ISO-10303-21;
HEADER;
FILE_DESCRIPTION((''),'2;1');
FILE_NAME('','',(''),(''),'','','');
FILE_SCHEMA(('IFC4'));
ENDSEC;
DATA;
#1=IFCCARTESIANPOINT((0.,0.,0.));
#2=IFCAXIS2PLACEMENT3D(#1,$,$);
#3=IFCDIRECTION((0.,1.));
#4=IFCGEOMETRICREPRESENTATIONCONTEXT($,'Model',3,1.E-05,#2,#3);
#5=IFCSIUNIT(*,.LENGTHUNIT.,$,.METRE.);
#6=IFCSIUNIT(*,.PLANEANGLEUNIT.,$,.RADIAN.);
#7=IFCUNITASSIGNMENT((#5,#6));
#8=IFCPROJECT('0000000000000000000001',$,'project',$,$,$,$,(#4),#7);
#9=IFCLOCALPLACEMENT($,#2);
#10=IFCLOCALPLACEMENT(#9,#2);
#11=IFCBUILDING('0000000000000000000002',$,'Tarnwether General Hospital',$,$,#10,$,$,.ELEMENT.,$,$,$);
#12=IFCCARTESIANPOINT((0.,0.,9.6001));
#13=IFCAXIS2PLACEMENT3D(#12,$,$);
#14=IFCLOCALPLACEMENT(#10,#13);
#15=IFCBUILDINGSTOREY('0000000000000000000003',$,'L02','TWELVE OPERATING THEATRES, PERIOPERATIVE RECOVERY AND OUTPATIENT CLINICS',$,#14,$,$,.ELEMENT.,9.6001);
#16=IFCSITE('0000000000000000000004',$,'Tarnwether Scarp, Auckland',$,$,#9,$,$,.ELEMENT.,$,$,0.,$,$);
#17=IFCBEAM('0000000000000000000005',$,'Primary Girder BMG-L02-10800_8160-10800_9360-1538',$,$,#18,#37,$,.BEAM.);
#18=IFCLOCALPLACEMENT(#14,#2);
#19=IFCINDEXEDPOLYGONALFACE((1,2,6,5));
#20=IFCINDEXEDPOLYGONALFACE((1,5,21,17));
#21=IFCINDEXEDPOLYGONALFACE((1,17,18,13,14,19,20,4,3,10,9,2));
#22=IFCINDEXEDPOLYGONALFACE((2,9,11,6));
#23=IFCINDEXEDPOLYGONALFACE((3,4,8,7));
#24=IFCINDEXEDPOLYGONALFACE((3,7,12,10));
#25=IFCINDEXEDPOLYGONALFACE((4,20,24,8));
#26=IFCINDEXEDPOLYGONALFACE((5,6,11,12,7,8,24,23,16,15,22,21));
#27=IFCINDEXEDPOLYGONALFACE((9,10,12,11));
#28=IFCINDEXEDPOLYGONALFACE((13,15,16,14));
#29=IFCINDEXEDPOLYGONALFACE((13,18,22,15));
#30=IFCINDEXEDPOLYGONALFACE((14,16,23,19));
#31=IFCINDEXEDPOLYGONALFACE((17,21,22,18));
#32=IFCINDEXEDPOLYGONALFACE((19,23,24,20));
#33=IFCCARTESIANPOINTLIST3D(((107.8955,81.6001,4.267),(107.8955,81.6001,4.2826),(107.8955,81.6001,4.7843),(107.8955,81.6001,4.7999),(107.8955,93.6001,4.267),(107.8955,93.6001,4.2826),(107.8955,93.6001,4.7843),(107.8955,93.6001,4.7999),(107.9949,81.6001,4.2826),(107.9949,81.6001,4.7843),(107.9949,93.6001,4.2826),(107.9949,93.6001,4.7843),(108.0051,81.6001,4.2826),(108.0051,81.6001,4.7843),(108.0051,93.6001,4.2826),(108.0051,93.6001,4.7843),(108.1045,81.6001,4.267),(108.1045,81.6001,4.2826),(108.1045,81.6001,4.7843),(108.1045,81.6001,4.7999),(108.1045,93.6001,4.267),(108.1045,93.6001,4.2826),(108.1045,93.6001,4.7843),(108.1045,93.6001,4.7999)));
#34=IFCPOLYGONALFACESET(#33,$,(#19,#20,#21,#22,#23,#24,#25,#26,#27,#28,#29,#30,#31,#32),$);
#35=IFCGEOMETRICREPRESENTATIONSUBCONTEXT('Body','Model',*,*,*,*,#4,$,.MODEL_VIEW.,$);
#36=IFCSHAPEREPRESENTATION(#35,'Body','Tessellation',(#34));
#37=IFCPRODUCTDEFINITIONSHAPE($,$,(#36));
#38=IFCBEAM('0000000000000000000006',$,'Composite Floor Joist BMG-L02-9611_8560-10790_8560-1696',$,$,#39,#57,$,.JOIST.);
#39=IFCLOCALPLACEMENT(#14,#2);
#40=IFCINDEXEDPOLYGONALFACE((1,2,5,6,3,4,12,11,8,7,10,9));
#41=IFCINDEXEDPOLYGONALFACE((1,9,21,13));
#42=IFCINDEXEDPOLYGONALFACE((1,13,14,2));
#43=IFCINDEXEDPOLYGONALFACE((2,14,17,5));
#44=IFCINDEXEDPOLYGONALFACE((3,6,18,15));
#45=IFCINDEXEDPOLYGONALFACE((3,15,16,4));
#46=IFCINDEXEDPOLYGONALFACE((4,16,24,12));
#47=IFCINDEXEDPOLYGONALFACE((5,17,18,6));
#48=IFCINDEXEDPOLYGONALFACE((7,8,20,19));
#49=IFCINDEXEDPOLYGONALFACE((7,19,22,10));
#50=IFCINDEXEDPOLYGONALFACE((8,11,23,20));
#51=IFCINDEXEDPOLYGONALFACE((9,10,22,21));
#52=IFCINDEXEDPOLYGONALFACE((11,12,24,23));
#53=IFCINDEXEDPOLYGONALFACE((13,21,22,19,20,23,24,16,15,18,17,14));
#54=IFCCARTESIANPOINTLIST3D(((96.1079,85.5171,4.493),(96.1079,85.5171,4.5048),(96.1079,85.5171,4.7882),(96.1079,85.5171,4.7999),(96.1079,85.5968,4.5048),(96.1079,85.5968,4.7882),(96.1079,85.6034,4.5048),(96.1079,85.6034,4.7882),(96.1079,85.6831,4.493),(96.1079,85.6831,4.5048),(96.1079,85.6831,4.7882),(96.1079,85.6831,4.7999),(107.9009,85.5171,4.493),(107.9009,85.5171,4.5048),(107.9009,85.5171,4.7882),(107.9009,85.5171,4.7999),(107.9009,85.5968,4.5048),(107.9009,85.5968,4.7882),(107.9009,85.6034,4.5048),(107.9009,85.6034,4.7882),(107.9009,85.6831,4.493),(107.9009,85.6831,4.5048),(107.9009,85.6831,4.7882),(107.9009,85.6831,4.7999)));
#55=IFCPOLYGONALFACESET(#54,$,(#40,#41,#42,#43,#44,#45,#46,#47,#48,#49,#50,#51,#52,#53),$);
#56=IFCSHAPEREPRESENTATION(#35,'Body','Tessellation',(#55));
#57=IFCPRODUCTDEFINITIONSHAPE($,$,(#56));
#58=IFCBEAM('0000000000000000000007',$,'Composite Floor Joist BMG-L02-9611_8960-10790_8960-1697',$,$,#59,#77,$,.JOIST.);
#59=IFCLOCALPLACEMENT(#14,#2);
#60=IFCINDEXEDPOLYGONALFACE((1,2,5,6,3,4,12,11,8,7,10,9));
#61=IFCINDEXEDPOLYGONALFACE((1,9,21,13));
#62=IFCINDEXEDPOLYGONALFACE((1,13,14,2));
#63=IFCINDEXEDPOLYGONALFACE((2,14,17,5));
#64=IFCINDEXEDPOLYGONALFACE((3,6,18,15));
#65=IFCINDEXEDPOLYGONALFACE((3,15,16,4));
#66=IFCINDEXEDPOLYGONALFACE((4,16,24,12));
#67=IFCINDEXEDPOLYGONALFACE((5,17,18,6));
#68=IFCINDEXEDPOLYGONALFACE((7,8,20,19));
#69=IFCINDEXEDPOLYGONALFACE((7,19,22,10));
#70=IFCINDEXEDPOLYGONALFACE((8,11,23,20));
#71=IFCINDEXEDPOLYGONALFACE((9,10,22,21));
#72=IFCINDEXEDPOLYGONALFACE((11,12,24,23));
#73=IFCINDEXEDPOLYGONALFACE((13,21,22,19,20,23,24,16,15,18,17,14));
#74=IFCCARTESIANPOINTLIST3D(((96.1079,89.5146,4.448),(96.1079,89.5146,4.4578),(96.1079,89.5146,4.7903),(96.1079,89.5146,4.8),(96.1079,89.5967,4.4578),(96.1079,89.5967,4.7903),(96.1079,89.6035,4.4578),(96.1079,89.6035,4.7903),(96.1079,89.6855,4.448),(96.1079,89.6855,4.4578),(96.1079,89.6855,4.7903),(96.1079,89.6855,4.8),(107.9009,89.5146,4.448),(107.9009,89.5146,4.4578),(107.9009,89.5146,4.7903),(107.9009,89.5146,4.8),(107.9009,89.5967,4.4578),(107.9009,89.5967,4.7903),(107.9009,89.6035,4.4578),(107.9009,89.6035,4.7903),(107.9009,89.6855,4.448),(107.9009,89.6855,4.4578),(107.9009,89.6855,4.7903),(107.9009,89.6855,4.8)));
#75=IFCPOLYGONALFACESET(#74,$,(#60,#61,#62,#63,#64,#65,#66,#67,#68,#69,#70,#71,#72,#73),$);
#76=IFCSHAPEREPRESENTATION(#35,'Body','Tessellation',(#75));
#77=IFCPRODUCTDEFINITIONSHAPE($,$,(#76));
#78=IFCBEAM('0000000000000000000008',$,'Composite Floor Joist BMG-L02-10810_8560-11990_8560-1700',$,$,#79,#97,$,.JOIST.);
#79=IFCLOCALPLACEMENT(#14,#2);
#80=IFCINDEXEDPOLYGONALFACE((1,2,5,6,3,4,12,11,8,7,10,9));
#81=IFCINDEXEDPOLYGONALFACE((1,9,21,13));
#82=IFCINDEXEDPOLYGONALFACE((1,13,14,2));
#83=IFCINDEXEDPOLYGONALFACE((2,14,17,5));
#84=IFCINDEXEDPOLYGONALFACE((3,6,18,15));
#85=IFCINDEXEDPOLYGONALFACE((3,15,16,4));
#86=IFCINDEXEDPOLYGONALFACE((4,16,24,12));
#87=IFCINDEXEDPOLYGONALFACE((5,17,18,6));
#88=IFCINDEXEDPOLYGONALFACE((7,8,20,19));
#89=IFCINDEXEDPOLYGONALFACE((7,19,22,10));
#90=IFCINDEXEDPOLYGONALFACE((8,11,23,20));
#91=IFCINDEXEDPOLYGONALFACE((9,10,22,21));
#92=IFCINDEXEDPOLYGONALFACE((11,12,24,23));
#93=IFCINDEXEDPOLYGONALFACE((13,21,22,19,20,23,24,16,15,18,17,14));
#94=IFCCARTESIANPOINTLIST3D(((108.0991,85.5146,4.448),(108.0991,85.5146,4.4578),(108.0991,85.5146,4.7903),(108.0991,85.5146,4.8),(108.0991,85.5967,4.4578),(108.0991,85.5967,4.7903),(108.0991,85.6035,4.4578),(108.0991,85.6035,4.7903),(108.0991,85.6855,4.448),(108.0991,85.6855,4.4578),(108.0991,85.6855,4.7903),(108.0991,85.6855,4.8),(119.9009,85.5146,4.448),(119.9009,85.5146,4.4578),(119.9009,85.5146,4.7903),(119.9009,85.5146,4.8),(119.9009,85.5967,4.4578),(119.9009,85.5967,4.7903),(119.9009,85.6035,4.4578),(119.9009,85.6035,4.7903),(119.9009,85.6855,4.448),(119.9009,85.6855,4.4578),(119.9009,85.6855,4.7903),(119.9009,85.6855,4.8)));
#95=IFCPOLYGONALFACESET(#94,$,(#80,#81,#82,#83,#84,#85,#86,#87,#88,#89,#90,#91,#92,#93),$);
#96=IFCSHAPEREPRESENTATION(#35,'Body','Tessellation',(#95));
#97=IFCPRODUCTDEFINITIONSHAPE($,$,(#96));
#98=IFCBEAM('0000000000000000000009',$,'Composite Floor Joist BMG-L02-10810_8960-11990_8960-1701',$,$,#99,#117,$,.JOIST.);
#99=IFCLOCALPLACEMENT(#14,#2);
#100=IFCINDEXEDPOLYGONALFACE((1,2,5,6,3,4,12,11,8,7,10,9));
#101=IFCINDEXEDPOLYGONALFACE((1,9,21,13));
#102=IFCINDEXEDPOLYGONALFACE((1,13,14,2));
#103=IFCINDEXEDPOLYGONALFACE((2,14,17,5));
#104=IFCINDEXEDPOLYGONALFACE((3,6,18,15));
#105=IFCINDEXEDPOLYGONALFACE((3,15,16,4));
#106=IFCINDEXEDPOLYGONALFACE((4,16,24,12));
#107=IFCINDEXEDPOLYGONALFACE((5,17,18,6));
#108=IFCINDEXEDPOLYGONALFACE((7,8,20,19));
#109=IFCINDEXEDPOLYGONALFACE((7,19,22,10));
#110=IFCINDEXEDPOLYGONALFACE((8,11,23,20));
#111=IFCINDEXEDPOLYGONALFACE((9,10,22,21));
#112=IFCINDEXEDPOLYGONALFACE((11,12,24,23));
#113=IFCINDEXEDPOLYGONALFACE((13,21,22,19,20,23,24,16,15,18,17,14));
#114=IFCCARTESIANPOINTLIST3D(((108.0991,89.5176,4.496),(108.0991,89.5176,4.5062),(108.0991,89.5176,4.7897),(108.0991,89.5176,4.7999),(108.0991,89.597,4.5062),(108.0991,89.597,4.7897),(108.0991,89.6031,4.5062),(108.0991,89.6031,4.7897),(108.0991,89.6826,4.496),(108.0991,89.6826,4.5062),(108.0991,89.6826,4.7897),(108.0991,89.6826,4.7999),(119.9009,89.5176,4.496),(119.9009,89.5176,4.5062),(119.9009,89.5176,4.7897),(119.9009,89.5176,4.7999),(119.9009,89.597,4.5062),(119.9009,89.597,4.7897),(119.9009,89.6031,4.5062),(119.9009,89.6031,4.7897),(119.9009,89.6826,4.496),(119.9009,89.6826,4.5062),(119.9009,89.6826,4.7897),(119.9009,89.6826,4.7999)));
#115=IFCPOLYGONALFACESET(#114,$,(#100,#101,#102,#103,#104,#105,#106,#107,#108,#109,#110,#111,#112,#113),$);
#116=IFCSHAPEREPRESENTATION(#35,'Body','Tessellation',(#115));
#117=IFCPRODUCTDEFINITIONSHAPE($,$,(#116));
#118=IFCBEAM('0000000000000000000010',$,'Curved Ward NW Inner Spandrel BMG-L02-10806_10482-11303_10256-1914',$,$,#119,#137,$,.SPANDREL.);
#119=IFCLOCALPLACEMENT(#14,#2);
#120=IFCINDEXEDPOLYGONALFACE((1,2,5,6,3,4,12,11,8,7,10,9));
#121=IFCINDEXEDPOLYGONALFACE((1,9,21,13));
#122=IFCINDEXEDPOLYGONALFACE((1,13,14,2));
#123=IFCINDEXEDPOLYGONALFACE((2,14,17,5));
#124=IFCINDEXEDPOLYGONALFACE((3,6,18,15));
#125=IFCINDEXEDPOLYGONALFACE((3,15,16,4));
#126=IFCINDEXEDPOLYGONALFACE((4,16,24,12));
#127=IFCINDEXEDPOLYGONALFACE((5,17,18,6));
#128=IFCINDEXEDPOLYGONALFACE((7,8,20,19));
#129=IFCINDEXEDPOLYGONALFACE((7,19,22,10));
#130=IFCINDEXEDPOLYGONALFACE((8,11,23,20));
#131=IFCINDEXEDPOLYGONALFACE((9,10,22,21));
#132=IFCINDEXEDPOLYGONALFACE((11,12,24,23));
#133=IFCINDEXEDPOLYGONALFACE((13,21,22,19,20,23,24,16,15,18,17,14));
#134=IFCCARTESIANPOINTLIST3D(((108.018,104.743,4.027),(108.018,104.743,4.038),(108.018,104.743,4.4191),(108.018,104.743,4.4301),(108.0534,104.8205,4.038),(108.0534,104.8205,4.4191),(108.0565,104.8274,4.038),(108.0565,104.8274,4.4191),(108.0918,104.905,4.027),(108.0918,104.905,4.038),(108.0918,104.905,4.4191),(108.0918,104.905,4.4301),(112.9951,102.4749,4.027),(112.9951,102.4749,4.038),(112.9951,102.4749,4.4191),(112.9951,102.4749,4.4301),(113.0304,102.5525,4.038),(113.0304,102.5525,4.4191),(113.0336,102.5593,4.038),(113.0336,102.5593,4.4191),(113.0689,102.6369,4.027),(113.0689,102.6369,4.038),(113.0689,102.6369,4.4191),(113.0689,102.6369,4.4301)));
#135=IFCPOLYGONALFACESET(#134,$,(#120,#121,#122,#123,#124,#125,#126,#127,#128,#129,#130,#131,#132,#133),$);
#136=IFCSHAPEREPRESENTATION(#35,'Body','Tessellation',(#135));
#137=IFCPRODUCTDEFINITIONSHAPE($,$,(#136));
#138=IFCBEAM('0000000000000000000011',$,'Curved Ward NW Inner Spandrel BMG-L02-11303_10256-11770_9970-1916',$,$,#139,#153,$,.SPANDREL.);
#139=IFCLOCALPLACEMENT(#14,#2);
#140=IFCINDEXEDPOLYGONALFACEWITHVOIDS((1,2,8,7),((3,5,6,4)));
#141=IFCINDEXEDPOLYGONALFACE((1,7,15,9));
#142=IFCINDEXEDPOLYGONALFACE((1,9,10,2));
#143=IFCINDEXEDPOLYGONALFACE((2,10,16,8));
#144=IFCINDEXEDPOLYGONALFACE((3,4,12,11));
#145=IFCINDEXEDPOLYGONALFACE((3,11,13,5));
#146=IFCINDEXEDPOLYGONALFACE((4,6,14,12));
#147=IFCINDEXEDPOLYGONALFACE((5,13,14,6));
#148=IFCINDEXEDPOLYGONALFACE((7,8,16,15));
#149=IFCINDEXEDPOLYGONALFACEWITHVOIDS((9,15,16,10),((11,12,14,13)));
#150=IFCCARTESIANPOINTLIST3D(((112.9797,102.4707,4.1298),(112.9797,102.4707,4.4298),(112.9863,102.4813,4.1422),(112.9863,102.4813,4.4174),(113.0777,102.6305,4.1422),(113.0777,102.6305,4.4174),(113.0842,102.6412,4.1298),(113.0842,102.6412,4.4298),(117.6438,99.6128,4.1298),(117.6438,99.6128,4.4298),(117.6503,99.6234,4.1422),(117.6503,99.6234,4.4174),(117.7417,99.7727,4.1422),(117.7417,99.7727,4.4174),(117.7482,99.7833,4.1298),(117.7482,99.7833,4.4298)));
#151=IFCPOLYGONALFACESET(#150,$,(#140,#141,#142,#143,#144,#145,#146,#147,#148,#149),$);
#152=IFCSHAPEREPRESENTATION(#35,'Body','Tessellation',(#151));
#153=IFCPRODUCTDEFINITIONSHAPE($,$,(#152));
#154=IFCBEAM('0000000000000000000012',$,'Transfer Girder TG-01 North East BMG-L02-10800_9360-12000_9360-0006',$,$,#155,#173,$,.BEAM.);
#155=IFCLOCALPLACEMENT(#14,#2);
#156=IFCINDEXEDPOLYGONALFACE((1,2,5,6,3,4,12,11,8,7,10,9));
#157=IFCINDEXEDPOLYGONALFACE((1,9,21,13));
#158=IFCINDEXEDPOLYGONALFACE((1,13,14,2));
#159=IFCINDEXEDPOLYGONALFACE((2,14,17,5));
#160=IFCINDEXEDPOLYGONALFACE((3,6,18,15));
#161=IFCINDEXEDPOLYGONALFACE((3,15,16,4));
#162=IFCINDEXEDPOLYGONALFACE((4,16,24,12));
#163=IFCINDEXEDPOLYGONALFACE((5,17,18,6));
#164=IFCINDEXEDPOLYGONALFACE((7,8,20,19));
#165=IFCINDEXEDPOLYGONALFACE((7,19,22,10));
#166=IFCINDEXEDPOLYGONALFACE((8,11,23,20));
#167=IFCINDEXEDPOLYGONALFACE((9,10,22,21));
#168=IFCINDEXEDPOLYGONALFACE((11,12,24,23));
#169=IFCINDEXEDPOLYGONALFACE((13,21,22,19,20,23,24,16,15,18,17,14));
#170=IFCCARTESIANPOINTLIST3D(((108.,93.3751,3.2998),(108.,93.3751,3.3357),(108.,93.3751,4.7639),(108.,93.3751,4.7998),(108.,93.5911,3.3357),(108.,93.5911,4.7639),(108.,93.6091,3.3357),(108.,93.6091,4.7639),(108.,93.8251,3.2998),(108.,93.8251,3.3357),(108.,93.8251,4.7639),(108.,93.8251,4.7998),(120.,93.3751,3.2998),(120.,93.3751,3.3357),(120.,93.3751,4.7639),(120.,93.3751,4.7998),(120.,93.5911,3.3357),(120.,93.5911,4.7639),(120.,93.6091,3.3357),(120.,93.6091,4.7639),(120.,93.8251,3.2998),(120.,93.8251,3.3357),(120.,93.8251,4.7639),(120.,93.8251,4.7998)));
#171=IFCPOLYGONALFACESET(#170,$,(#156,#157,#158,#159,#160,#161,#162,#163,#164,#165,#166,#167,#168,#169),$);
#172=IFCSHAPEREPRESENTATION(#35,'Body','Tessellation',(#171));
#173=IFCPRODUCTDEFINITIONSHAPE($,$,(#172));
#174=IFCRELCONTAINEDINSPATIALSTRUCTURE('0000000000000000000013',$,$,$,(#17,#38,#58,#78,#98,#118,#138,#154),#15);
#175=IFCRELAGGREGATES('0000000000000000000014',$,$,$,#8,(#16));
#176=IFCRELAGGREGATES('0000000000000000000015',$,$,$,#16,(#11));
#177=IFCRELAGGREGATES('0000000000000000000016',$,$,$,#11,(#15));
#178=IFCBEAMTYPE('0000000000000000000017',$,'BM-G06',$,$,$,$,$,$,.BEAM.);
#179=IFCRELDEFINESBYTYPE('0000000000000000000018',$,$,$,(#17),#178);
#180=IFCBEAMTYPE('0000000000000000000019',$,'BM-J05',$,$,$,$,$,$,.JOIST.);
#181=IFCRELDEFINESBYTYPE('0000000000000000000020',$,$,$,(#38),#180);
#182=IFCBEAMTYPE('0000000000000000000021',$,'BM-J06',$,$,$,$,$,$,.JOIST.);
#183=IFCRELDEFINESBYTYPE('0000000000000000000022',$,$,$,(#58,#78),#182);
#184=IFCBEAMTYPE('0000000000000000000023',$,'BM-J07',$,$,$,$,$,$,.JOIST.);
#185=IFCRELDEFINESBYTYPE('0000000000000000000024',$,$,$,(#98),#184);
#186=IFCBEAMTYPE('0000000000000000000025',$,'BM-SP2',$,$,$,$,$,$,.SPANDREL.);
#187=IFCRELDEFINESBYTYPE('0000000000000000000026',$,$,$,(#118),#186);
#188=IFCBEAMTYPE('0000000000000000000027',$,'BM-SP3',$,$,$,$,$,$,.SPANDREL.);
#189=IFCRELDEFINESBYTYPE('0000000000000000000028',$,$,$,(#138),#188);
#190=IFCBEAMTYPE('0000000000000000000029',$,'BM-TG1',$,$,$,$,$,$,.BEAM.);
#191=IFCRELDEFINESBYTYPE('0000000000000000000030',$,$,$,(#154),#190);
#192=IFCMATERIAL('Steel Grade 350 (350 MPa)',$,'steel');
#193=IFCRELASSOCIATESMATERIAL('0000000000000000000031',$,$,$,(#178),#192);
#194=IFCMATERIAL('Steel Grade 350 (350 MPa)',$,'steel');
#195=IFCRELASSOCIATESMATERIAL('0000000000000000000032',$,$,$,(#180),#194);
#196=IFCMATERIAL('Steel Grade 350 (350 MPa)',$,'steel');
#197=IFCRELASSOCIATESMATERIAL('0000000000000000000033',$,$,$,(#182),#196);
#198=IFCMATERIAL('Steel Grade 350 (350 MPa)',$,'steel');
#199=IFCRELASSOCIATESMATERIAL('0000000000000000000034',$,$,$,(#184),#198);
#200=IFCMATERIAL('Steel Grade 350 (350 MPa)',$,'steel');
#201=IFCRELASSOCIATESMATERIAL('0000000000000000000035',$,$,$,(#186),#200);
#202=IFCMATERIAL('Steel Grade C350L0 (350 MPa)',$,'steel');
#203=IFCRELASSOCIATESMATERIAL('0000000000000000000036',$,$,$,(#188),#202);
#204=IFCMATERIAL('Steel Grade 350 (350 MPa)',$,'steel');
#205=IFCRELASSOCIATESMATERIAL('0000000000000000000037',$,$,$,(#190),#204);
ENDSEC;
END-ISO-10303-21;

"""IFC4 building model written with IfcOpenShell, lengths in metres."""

from ifc_helpers import new_model, si_unit, direction, frame, origin, origin_2d, place, context, subcontext, project, spatial, hollow_rectangle, i_section, extrude, material, material_profile, profile_set, type_object, element, save


model = new_model("IFC4")

# Units and contexts
model_context = context("Model", 3, precision=1e-05, world=origin(), true_north=direction((0.0, 1.0)))
body_context = subcontext(model_context, "Body", "Model", "MODEL_VIEW")
ifc_project = project(units=[si_unit("LENGTHUNIT", "METRE"), si_unit("PLANEANGLEUNIT", "RADIAN")], contexts=[model_context])

# Site, building, storey
site_placement = place(None, origin())
site = spatial("IfcSite", under=ifc_project, at=site_placement, Name="Tarnwether Scarp, Auckland", CompositionType="ELEMENT", RefElevation=0.0)
building_placement = place(site_placement, origin())
building = spatial("IfcBuilding", under=site, at=building_placement, Name="Tarnwether General Hospital", CompositionType="ELEMENT")
storey_placement = place(building_placement, frame((0.0, 0.0, 9.6001)))
storey = spatial("IfcBuildingStorey", under=building, at=storey_placement, Name="L02", Description="TWELVE OPERATING THEATRES, PERIOPERATIVE RECOVERY AND OUTPATIENT CLINICS", CompositionType="ELEMENT", Elevation=9.6001)

# Beams
ifc_material_1 = material(Name="Steel Grade 350 (350 MPa)", Category="steel")
ifc_material_profile_1 = material_profile(ifc_material_1, i_section(OverallWidth=0.209, OverallDepth=0.533, WebThickness=0.0103, FlangeThickness=0.0156, at=origin_2d()), Name="530UB92.4")
ifc_profile_set_1 = profile_set([ifc_material_profile_1], Name="Steel Grade 350 (350 MPa)")
beam_type_1 = type_object("IfcBeamType", Name="BM-G06", PredefinedType="BEAM", material=ifc_profile_set_1)
beam_1_placement = place(storey_placement, frame((108.0, 81.6001, 4.5334), z_axis=(0.0, 1.0, 0.0), x_axis=(-1.0, 0.0, 0.0)))
element("IfcBeam", 1, at=beam_1_placement, inside=storey, type_object=beam_type_1, Name="Primary Girder BMG-L02-10800_8160-10800_9360-1538", PredefinedType="BEAM", context=body_context, shape_type="SweptSolid", body=[
    extrude(i_section(OverallWidth=0.209, OverallDepth=0.533, WebThickness=0.0103, FlangeThickness=0.0156, at=origin_2d()), origin(), (0.0, 0.0, 1.0), 12.0),
])
ifc_material_2 = material(Name="Steel Grade 350 (350 MPa)", Category="steel")
ifc_material_profile_2 = material_profile(ifc_material_2, i_section(OverallWidth=0.166, OverallDepth=0.3069, WebThickness=0.0066, FlangeThickness=0.0117, at=origin_2d()), Name="310UB46.2")
ifc_profile_set_2 = profile_set([ifc_material_profile_2], Name="Steel Grade 350 (350 MPa)")
beam_type_2 = type_object("IfcBeamType", Name="BM-J05", PredefinedType="JOIST", material=ifc_profile_set_2)
beam_2_placement = place(storey_placement, frame((96.1079, 85.6001, 4.6465), z_axis=(1.0, 0.0, 0.0), x_axis=(0.0, 1.0, 0.0)))
element("IfcBeam", 2, at=beam_2_placement, inside=storey, type_object=beam_type_2, Name="Composite Floor Joist BMG-L02-9611_8560-10790_8560-1696", PredefinedType="JOIST", context=body_context, shape_type="SweptSolid", body=[
    extrude(i_section(OverallWidth=0.166, OverallDepth=0.3069, WebThickness=0.0066, FlangeThickness=0.0117, at=origin_2d()), origin(), (0.0, 0.0, 1.0), 11.793),
])
ifc_material_3 = material(Name="Steel Grade 350 (350 MPa)", Category="steel")
ifc_material_profile_3 = material_profile(ifc_material_3, i_section(OverallWidth=0.1709, OverallDepth=0.3521, WebThickness=0.0068, FlangeThickness=0.0098, at=origin_2d()), Name="360UB44.7")
ifc_profile_set_3 = profile_set([ifc_material_profile_3], Name="Steel Grade 350 (350 MPa)")
beam_type_3 = type_object("IfcBeamType", Name="BM-J06", PredefinedType="JOIST", material=ifc_profile_set_3)
beam_3_placement = place(storey_placement, frame((96.1079, 89.6001, 4.624), z_axis=(1.0, 0.0, 0.0), x_axis=(0.0, 1.0, 0.0)))
element("IfcBeam", 3, at=beam_3_placement, inside=storey, type_object=beam_type_3, Name="Composite Floor Joist BMG-L02-9611_8960-10790_8960-1697", PredefinedType="JOIST", context=body_context, shape_type="SweptSolid", body=[
    extrude(i_section(OverallWidth=0.1709, OverallDepth=0.3521, WebThickness=0.0068, FlangeThickness=0.0098, at=origin_2d()), origin(), (0.0, 0.0, 1.0), 11.793),
])
beam_4_placement = place(storey_placement, frame((108.0991, 85.6001, 4.624), z_axis=(1.0, 0.0, 0.0), x_axis=(0.0, 1.0, 0.0)))
element("IfcBeam", 4, at=beam_4_placement, inside=storey, type_object=beam_type_3, Name="Composite Floor Joist BMG-L02-10810_8560-11990_8560-1700", PredefinedType="JOIST", context=body_context, shape_type="SweptSolid", body=[
    extrude(i_section(OverallWidth=0.1709, OverallDepth=0.3521, WebThickness=0.0068, FlangeThickness=0.0098, at=origin_2d()), origin(), (0.0, 0.0, 1.0), 11.8018),
])
ifc_material_4 = material(Name="Steel Grade 350 (350 MPa)", Category="steel")
ifc_material_profile_4 = material_profile(ifc_material_4, i_section(OverallWidth=0.165, OverallDepth=0.304, WebThickness=0.0061, FlangeThickness=0.0103, at=origin_2d()), Name="310UB40.4")
ifc_profile_set_4 = profile_set([ifc_material_profile_4], Name="Steel Grade 350 (350 MPa)")
beam_type_4 = type_object("IfcBeamType", Name="BM-J07", PredefinedType="JOIST", material=ifc_profile_set_4)
beam_5_placement = place(storey_placement, frame((108.0991, 89.6001, 4.6479), z_axis=(1.0, 0.0, 0.0), x_axis=(0.0, 1.0, 0.0)))
element("IfcBeam", 5, at=beam_5_placement, inside=storey, type_object=beam_type_4, Name="Composite Floor Joist BMG-L02-10810_8960-11990_8960-1701", PredefinedType="JOIST", context=body_context, shape_type="SweptSolid", body=[
    extrude(i_section(OverallWidth=0.165, OverallDepth=0.304, WebThickness=0.0061, FlangeThickness=0.0103, at=origin_2d()), origin(), (0.0, 0.0, 1.0), 11.8018),
])
ifc_material_5 = material(Name="Steel Grade 350 (350 MPa)", Category="steel")
ifc_material_profile_5 = material_profile(ifc_material_5, i_section(OverallWidth=0.178, OverallDepth=0.4031, WebThickness=0.0076, FlangeThickness=0.011, at=origin_2d()), Name="410UB53.7")
ifc_profile_set_5 = profile_set([ifc_material_profile_5], Name="Steel Grade 350 (350 MPa)")
beam_type_5 = type_object("IfcBeamType", Name="BM-SP2", PredefinedType="SPANDREL", material=ifc_profile_set_5)
beam_6_placement = place(storey_placement, frame((108.0549, 104.824, 4.2285), z_axis=(0.909969, -0.414677, 0.0), x_axis=(0.414677, 0.909969, 0.0)))
element("IfcBeam", 6, at=beam_6_placement, inside=storey, type_object=beam_type_5, Name="Curved Ward NW Inner Spandrel BMG-L02-10806_10482-11303_10256-1914", PredefinedType="SPANDREL", context=body_context, shape_type="SweptSolid", body=[
    extrude(i_section(OverallWidth=0.178, OverallDepth=0.4031, WebThickness=0.0076, FlangeThickness=0.011, at=origin_2d()), origin(), (0.0, 0.0, 1.0), 5.4695),
])
ifc_material_6 = material(Name="Steel Grade C350L0 (350 MPa)", Category="steel")
ifc_material_profile_6 = material_profile(ifc_material_6, hollow_rectangle(XDim=0.2, YDim=0.3, WallThickness=0.0125, at=origin_2d()), Name="RHS300x200x12.5")
ifc_profile_set_6 = profile_set([ifc_material_profile_6], Name="Steel Grade C350L0 (350 MPa)")
beam_type_6 = type_object("IfcBeamType", Name="BM-SP3", PredefinedType="SPANDREL", material=ifc_profile_set_6)
beam_7_placement = place(storey_placement, frame((113.032, 102.5559, 4.2798), z_axis=(0.852659, -0.522468, 0.0), x_axis=(0.522468, 0.852659, 0.0)))
element("IfcBeam", 7, at=beam_7_placement, inside=storey, type_object=beam_type_6, Name="Curved Ward NW Inner Spandrel BMG-L02-11303_10256-11770_9970-1916", PredefinedType="SPANDREL", context=body_context, shape_type="SweptSolid", body=[
    extrude(hollow_rectangle(XDim=0.2, YDim=0.3, WallThickness=0.0125, at=origin_2d()), origin(), (0.0, 0.0, 1.0), 5.47),
])
ifc_material_7 = material(Name="Steel Grade 350 (350 MPa)", Category="steel")
ifc_material_profile_7 = material_profile(ifc_material_7, i_section(OverallWidth=0.45, OverallDepth=1.5, WebThickness=0.0181, FlangeThickness=0.0359, at=origin_2d()), Name="1500WB420")
ifc_profile_set_7 = profile_set([ifc_material_profile_7], Name="Steel Grade 350 (350 MPa)")
beam_type_7 = type_object("IfcBeamType", Name="BM-TG1", PredefinedType="BEAM", material=ifc_profile_set_7)
beam_8_placement = place(storey_placement, frame((108.0, 93.6001, 4.0498), z_axis=(1.0, 0.0, 0.0), x_axis=(0.0, 1.0, 0.0)))
element("IfcBeam", 8, at=beam_8_placement, inside=storey, type_object=beam_type_7, Name="Transfer Girder TG-01 North East BMG-L02-10800_9360-12000_9360-0006", PredefinedType="BEAM", context=body_context, shape_type="SweptSolid", body=[
    extrude(i_section(OverallWidth=0.45, OverallDepth=1.5, WebThickness=0.0181, FlangeThickness=0.0359, at=origin_2d()), origin(), (0.0, 0.0, 1.0), 12.0),
])

save(model, "model.ifc")
